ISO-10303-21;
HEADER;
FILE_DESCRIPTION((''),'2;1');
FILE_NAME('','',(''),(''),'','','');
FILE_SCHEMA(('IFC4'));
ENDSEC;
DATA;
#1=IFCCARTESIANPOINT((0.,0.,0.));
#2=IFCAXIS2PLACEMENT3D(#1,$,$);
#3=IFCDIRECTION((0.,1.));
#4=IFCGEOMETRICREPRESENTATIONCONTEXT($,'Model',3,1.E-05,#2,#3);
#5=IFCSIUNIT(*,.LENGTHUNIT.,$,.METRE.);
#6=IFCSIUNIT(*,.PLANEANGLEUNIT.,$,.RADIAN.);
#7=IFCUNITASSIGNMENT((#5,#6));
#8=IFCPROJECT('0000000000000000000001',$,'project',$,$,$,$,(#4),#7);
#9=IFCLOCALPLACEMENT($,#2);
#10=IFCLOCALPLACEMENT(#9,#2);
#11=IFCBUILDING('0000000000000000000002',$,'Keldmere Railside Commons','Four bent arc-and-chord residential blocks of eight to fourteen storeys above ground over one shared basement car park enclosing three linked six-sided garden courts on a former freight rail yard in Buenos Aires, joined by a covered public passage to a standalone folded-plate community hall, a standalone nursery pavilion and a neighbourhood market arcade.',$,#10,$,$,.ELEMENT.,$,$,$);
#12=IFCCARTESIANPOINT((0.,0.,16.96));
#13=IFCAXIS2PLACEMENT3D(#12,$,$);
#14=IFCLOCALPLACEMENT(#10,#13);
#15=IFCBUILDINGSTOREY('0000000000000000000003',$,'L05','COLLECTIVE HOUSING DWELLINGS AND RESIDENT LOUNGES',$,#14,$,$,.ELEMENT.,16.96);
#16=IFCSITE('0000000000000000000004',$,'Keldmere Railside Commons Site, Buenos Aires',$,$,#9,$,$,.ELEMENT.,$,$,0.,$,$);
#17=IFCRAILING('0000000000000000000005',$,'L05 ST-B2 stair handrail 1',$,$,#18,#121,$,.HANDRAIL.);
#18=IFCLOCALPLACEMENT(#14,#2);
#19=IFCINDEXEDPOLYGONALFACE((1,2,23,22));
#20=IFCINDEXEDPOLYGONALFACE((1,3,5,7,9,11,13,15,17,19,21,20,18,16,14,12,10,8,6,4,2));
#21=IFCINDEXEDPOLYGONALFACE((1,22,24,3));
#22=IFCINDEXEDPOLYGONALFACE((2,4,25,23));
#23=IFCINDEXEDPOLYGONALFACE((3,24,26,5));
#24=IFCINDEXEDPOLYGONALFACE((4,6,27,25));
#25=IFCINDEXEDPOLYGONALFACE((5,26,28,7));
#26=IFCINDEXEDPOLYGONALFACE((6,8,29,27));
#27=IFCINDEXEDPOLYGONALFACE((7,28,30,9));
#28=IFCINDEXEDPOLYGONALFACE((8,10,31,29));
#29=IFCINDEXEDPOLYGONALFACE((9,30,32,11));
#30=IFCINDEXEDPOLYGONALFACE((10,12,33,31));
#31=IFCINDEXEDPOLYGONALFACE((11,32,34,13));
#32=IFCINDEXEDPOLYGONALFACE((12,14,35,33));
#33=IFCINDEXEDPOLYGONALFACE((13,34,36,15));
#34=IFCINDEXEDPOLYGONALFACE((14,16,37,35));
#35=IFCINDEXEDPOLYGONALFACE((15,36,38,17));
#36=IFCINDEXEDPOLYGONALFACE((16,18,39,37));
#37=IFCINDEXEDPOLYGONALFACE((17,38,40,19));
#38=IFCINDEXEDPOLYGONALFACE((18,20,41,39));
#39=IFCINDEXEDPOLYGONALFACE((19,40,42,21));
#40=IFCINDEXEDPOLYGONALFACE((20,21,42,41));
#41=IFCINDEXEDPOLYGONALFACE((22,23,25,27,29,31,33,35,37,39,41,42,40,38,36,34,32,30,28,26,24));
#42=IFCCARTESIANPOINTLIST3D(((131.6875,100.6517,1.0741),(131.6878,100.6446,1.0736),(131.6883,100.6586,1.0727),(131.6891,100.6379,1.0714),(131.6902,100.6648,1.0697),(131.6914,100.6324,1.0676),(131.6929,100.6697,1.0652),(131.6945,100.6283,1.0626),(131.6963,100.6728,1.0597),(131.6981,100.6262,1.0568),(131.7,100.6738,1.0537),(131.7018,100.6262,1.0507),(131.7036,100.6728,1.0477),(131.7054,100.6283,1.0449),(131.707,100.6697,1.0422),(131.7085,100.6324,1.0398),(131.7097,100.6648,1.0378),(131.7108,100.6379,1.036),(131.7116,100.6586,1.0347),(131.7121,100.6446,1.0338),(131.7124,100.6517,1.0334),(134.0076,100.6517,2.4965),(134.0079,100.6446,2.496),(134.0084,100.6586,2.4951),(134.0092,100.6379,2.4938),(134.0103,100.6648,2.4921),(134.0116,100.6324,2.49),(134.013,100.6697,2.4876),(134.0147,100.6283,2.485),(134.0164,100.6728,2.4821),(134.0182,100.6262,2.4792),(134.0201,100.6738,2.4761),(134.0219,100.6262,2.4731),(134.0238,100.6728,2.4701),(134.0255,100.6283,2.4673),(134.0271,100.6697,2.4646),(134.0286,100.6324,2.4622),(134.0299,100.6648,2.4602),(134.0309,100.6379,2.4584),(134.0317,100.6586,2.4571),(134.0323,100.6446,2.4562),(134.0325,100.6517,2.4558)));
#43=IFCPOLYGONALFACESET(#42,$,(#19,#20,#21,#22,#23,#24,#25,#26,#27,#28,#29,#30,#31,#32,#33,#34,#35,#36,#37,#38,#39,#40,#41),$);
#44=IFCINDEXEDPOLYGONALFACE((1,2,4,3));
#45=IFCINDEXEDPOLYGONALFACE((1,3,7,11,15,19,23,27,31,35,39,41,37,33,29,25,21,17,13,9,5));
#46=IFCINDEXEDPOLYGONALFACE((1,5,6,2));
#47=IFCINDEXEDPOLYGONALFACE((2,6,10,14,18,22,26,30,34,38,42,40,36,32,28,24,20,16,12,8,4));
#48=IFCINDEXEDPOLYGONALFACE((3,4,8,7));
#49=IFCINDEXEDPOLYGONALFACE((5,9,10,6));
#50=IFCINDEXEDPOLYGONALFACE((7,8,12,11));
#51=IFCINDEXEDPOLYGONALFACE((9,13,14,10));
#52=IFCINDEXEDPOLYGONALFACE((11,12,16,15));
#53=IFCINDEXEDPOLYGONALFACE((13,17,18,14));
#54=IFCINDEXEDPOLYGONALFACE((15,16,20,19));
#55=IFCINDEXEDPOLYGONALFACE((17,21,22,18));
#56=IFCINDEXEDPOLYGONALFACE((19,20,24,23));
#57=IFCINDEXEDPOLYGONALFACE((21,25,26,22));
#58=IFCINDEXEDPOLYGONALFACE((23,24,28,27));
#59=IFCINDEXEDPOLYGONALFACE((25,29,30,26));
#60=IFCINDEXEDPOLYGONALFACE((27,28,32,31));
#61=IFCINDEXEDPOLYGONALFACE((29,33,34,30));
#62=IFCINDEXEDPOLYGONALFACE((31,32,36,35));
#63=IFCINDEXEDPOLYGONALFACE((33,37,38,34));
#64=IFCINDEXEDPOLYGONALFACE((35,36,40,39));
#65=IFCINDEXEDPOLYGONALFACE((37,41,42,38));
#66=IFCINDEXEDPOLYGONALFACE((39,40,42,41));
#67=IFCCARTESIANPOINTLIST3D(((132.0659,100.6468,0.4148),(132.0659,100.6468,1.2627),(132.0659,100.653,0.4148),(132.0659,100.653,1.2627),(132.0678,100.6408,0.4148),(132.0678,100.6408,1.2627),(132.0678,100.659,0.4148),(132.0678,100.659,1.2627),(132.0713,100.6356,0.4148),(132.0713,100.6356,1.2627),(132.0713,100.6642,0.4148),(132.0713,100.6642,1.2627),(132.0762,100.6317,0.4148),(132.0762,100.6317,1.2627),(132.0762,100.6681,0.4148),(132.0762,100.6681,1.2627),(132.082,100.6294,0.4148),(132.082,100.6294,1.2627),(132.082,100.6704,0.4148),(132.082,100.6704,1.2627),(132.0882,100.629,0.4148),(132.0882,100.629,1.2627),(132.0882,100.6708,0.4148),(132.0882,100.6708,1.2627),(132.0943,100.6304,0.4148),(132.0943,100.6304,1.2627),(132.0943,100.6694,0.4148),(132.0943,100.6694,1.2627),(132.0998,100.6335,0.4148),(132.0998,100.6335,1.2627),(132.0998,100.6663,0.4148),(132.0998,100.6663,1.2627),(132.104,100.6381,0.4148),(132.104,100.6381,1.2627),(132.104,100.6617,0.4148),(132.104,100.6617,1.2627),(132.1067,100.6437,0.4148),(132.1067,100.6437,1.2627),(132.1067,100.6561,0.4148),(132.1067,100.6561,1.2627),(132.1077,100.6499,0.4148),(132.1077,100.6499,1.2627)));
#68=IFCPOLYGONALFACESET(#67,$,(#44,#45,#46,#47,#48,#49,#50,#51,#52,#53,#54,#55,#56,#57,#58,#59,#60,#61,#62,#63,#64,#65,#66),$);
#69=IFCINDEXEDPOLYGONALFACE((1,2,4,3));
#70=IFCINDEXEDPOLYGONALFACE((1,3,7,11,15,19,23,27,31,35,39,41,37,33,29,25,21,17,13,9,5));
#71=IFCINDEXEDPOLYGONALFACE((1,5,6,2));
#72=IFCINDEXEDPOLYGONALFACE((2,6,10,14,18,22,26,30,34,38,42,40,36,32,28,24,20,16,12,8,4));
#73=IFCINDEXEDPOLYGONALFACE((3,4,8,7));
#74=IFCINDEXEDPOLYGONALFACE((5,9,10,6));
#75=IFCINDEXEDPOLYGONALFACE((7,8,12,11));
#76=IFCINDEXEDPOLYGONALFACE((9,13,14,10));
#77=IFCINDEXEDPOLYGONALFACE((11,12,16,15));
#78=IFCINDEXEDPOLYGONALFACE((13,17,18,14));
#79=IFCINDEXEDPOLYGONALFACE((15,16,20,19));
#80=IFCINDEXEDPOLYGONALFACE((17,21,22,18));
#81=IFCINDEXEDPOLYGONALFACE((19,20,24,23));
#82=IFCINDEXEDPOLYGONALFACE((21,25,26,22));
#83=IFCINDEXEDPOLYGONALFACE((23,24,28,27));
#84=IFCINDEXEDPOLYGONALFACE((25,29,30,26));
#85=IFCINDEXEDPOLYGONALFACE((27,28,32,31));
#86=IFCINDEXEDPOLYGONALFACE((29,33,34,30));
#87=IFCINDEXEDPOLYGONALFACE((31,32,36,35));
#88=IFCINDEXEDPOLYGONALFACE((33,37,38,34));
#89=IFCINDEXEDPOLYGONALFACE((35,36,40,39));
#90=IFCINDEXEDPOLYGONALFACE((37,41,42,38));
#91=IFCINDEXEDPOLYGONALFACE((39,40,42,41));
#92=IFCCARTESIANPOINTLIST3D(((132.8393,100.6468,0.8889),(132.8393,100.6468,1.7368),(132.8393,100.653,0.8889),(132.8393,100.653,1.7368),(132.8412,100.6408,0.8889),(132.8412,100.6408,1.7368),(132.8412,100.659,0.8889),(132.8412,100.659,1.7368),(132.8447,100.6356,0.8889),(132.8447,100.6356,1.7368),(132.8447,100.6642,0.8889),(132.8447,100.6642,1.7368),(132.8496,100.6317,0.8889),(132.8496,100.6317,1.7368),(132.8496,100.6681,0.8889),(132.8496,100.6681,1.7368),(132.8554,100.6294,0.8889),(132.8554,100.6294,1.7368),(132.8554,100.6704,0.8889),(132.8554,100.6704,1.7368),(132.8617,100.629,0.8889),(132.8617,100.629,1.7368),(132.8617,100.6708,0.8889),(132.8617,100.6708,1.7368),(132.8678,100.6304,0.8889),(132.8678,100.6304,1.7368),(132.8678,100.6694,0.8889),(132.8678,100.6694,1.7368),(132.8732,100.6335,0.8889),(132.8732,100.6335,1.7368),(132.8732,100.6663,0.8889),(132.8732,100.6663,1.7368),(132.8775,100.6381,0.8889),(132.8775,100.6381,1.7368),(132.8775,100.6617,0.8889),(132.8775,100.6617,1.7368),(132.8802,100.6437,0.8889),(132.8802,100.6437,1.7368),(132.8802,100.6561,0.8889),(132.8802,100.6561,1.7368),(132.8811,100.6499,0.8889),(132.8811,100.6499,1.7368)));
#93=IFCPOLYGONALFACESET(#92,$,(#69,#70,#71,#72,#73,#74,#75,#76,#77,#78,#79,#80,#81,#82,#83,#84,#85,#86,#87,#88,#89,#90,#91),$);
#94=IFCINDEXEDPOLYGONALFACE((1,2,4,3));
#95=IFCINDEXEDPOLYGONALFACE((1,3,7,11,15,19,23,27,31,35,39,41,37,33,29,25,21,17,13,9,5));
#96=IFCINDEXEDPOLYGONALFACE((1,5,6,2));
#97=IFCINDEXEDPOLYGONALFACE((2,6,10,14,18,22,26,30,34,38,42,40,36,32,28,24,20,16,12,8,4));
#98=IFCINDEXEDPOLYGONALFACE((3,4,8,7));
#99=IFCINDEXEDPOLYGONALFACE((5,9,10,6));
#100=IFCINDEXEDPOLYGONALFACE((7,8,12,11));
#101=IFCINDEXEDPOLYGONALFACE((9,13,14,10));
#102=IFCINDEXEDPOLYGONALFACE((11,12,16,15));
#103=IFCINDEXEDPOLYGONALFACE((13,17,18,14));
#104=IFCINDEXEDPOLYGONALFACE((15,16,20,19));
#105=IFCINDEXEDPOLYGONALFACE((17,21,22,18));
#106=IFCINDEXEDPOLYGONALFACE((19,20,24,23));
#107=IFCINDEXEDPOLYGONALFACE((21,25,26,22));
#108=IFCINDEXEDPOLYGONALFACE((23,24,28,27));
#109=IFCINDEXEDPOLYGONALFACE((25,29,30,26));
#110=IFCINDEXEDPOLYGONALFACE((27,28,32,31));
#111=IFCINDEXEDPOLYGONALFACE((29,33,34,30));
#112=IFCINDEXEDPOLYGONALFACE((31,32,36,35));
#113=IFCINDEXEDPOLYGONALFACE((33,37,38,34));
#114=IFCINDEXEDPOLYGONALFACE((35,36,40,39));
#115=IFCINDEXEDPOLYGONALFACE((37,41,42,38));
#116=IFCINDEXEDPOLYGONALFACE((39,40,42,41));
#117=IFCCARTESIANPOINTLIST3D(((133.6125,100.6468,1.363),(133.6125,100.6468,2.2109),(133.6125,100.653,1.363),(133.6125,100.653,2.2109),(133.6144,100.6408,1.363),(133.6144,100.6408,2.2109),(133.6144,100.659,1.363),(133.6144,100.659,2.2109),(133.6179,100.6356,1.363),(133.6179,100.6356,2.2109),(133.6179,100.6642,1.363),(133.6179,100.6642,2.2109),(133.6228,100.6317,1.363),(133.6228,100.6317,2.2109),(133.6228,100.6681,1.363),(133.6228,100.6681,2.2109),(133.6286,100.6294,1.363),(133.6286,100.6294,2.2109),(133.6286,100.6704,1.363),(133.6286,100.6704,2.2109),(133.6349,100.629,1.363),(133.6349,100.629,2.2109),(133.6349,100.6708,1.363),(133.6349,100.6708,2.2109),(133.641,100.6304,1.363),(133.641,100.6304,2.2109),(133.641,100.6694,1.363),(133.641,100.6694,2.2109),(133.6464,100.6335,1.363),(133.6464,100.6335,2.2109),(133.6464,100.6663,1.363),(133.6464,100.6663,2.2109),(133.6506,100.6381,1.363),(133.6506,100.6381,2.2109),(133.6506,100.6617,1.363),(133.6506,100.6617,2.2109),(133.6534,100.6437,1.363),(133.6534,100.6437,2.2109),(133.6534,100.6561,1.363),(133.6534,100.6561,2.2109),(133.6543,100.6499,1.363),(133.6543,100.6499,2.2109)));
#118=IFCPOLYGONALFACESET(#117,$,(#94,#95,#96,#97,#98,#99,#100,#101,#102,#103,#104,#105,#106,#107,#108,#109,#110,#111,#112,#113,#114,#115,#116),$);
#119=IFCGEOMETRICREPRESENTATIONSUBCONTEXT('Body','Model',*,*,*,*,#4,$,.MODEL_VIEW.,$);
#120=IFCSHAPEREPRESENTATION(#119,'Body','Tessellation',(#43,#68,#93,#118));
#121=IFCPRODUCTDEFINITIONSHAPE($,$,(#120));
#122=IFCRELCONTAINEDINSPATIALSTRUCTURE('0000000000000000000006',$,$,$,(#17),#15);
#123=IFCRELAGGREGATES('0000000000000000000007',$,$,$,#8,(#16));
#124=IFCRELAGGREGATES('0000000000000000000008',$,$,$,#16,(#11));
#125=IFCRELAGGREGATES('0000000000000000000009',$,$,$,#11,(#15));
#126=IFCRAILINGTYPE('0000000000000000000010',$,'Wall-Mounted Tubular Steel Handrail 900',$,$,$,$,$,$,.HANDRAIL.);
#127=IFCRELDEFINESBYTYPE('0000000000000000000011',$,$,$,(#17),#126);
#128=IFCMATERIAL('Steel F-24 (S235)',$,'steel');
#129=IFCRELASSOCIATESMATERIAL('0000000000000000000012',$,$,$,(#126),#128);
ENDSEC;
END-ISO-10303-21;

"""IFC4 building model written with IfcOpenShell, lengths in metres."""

from ifc_helpers import new_model, si_unit, direction, frame, origin, origin_2d, place, context, subcontext, project, spatial, circle, extrude, material, type_object, element, save


model = new_model("IFC4")

# Units and contexts
model_context = context("Model", 3, precision=1e-05, world=origin(), true_north=direction((0.0, 1.0)))
body_context = subcontext(model_context, "Body", "Model", "MODEL_VIEW")
ifc_project = project(units=[si_unit("LENGTHUNIT", "METRE"), si_unit("PLANEANGLEUNIT", "RADIAN")], contexts=[model_context])

# Site, building, storey
site_placement = place(None, origin())
site = spatial("IfcSite", under=ifc_project, at=site_placement, Name="Keldmere Railside Commons Site, Buenos Aires", CompositionType="ELEMENT", RefElevation=0.0)
building_placement = place(site_placement, origin())
building = spatial("IfcBuilding", under=site, at=building_placement, Name="Keldmere Railside Commons", Description="Four bent arc-and-chord residential blocks of eight to fourteen storeys above ground over one shared basement car park enclosing three linked six-sided garden courts on a former freight rail yard in Buenos Aires, joined by a covered public passage to a standalone folded-plate community hall, a standalone nursery pavilion and a neighbourhood market arcade.", CompositionType="ELEMENT")
storey_placement = place(building_placement, frame((0.0, 0.0, 16.96)))
storey = spatial("IfcBuildingStorey", under=building, at=storey_placement, Name="L05", Description="COLLECTIVE HOUSING DWELLINGS AND RESIDENT LOUNGES", CompositionType="ELEMENT", Elevation=16.96)

# Railing
ifc_material_1 = material(Name="Steel F-24 (S235)", Category="steel")
railing_type_1 = type_object("IfcRailingType", Name="Wall-Mounted Tubular Steel Handrail 900", PredefinedType="HANDRAIL", material=ifc_material_1)
railing_1_placement = place(storey_placement, frame((131.7, 100.6499, 0.1777)))
element("IfcRailing", 1, at=railing_1_placement, inside=storey, type_object=railing_type_1, Name="L05 ST-B2 stair handrail 1", PredefinedType="HANDRAIL", context=body_context, shape_type="SweptSolid", body=[
    extrude(circle(Radius=0.0239, at=origin_2d()), frame((0.0, 0.0, 0.876), z_axis=(0.852538, 0.0, 0.522665), x_axis=(0.0, 1.0, 0.0)), (0.0, 0.0, 1.0), 2.7214),
    extrude(circle(Radius=0.021, at=origin_2d()), frame((0.3867, 0.0, 0.2371)), (0.0, 0.0, 1.0), 0.8479),
    extrude(circle(Radius=0.021, at=origin_2d()), frame((1.1602, 0.0, 0.7112)), (0.0, 0.0, 1.0), 0.8479),
    extrude(circle(Radius=0.021, at=origin_2d()), frame((1.9333, 0.0, 1.1853)), (0.0, 0.0, 1.0), 0.8479),
])

save(model, "model.ifc")
